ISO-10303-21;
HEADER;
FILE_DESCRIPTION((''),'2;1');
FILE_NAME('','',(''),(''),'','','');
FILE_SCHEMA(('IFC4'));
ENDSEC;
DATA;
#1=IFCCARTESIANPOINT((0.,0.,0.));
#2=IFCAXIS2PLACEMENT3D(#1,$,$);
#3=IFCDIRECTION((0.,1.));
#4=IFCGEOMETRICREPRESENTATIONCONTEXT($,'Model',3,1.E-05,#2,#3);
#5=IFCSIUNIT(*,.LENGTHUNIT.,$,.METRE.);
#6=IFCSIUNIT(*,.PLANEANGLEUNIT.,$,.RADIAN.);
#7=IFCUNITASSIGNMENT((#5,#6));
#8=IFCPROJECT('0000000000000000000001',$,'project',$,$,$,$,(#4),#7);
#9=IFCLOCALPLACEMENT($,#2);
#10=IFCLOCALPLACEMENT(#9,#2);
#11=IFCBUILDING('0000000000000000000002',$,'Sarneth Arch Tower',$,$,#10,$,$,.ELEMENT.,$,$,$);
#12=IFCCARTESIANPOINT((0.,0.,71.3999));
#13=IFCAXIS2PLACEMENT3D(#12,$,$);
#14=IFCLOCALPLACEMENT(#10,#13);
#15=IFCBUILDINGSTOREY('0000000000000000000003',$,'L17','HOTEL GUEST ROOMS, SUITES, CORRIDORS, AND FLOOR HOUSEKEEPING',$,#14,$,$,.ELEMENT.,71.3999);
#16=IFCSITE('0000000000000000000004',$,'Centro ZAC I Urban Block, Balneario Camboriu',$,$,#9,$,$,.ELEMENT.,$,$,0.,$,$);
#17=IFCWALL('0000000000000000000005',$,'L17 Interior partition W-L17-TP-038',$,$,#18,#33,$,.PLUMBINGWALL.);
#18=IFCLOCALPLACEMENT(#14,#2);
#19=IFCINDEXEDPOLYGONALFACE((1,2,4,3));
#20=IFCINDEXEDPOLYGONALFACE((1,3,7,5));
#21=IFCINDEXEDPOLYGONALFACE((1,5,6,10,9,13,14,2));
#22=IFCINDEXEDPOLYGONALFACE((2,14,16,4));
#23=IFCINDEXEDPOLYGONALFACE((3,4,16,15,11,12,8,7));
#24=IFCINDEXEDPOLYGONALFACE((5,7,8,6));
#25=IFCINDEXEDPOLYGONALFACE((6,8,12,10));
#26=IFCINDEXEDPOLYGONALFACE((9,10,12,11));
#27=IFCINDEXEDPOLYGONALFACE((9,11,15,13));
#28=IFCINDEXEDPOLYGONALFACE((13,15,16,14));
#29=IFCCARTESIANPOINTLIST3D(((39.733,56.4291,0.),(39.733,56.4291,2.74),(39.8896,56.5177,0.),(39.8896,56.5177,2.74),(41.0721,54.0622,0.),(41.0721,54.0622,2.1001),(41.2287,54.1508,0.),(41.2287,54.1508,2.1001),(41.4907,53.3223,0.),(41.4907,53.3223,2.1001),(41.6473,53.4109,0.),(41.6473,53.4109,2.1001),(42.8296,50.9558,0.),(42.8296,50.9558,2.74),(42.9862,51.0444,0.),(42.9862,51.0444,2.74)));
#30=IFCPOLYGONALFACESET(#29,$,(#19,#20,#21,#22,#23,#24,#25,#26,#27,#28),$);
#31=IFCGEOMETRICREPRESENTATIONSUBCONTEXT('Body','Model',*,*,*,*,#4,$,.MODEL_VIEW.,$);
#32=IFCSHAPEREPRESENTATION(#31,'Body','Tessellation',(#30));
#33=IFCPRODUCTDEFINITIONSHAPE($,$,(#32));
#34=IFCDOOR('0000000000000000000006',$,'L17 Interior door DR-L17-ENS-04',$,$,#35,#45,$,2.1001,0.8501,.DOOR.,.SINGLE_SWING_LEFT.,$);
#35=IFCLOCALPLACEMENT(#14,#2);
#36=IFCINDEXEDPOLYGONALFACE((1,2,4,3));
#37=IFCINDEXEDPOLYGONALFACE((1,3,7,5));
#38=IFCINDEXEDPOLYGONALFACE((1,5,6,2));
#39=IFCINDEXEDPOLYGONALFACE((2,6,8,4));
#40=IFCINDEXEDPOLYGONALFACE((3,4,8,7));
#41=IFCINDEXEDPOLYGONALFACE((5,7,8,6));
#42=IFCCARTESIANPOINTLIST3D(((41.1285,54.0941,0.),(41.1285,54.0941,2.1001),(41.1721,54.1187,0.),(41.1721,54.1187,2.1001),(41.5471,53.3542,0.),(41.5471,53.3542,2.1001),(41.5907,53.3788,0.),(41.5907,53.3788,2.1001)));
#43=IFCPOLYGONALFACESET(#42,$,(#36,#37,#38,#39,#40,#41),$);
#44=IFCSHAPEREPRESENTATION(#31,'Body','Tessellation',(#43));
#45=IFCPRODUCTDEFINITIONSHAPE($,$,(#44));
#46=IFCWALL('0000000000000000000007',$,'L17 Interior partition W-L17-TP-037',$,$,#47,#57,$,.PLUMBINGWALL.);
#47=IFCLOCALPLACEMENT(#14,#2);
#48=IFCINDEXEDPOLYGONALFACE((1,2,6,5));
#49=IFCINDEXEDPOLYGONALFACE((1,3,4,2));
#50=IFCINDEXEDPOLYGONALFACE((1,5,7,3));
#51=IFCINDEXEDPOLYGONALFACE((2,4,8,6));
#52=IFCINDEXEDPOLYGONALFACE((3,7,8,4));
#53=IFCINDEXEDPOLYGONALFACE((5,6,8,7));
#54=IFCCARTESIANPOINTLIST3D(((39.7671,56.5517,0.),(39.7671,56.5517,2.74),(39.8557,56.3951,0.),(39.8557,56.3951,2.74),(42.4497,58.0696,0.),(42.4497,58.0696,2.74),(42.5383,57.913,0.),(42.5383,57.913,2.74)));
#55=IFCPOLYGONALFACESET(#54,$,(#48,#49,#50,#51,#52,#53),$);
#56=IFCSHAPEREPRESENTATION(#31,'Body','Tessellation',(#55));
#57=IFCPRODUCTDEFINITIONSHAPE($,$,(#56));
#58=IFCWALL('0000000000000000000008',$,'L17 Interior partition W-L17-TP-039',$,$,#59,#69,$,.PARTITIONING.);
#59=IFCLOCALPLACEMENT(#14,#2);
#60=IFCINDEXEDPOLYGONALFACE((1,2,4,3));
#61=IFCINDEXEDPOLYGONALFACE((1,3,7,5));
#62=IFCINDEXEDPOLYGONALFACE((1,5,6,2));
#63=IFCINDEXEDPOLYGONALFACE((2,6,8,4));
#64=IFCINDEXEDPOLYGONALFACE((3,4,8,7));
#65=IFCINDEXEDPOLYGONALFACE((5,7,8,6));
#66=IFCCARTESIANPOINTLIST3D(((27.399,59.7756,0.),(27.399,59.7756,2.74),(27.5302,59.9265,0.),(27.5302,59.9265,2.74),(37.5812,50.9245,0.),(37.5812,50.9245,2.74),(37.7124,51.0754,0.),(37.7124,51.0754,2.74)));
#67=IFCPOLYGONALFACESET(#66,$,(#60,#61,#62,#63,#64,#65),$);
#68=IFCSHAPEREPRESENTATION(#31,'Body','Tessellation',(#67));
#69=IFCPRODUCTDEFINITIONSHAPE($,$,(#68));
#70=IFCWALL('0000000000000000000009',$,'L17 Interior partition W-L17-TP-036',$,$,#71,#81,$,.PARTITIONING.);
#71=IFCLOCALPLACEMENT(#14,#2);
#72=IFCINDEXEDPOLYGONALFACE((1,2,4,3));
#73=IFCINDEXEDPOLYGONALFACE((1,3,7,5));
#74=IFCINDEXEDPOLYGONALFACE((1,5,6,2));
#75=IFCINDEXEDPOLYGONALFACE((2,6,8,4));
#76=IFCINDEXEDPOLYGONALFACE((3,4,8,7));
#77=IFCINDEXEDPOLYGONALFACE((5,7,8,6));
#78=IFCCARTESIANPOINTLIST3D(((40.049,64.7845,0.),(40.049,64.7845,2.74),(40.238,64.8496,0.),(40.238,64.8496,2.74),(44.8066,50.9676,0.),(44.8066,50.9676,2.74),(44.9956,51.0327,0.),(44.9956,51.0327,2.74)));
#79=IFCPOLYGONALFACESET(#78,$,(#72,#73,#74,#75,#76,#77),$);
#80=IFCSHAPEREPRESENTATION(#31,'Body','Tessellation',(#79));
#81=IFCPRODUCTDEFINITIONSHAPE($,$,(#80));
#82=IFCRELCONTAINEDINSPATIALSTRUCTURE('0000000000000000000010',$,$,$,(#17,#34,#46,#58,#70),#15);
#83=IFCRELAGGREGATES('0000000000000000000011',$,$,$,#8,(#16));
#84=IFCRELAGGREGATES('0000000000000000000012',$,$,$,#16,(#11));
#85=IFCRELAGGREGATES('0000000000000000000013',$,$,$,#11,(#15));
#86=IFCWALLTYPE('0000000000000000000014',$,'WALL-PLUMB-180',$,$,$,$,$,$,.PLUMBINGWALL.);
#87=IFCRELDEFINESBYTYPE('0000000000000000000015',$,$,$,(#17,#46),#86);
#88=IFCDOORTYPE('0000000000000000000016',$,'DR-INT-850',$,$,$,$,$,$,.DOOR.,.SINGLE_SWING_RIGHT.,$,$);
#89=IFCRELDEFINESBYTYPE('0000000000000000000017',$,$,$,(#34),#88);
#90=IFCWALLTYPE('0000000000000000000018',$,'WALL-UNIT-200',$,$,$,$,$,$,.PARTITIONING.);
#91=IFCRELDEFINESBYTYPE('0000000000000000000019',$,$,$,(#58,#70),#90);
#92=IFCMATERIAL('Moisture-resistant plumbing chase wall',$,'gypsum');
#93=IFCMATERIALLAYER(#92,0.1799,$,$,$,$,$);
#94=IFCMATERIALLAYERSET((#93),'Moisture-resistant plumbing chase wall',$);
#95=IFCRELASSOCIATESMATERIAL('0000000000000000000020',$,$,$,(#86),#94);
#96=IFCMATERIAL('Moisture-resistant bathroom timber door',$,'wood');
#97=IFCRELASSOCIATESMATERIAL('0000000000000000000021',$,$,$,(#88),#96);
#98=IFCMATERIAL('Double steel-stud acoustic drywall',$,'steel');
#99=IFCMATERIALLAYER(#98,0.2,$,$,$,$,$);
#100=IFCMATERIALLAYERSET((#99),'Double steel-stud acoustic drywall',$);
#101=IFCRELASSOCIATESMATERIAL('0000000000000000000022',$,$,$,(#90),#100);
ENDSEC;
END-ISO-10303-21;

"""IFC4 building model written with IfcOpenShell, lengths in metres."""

from ifc_helpers import new_model, si_unit, direction, frame, frame_2d, origin, place, context, subcontext, project, spatial, rectangle, extrude, material, layer, layer_set, type_object, element, fill, save


model = new_model("IFC4")

# Units and contexts
model_context = context("Model", 3, precision=1e-05, world=origin(), true_north=direction((0.0, 1.0)))
body_context = subcontext(model_context, "Body", "Model", "MODEL_VIEW")
ifc_project = project(units=[si_unit("LENGTHUNIT", "METRE"), si_unit("PLANEANGLEUNIT", "RADIAN")], contexts=[model_context])

# Site, building, storey
site_placement = place(None, origin())
site = spatial("IfcSite", under=ifc_project, at=site_placement, Name="Centro ZAC I Urban Block, Balneario Camboriu", CompositionType="ELEMENT", RefElevation=0.0)
building_placement = place(site_placement, origin())
building = spatial("IfcBuilding", under=site, at=building_placement, Name="Sarneth Arch Tower", CompositionType="ELEMENT")
storey_placement = place(building_placement, frame((0.0, 0.0, 71.3999)))
storey = spatial("IfcBuildingStorey", under=building, at=storey_placement, Name="L17", Description="HOTEL GUEST ROOMS, SUITES, CORRIDORS, AND FLOOR HOUSEKEEPING", CompositionType="ELEMENT", Elevation=71.3999)

# Wall, opening, door
ifc_material_1 = material(Name="Moisture-resistant plumbing chase wall", Category="gypsum")
ifc_layer_1 = layer(ifc_material_1, 0.1799)
ifc_layer_set_1 = layer_set([ifc_layer_1], Name="Moisture-resistant plumbing chase wall")
wall_type_1 = type_object("IfcWallType", Name="WALL-PLUMB-180", PredefinedType="PLUMBINGWALL", material=ifc_layer_set_1)
wall_1_placement = place(storey_placement, frame((39.8113, 56.4734, 0.0), z_axis=(0.0, 0.0, 1.0), x_axis=(0.492422, -0.870357, 0.0)))
wall_1 = element("IfcWall", 1, at=wall_1_placement, inside=storey, type_object=wall_type_1, Name="L17 Interior partition W-L17-TP-038", PredefinedType="PLUMBINGWALL", context=body_context, shape_type="SweptSolid", body=[
    extrude(rectangle(XDim=6.2886, YDim=0.1799, at=frame_2d((3.1443, 0.0))), origin(), (0.0, 0.0, 1.0), 2.74),
])
opening_1_placement = place(wall_1_placement, frame((2.7195, 0.0, 0.0)))
opening_1 = element("IfcOpeningElement", 2, at=opening_1_placement, cuts=wall_1, PredefinedType="OPENING", context=body_context, shape_type="SweptSolid", body=[
    extrude(rectangle(XDim=0.8501, YDim=2.1001, at=frame_2d((0.425, 1.05))), frame((0.0, 0.0999, 0.0), z_axis=(0.0, -1.0, 0.0), x_axis=(1.0, 0.0, 0.0)), (0.0, 0.0, 1.0), 0.2),
])
ifc_material_2 = material(Name="Moisture-resistant bathroom timber door", Category="wood")
door_type_1 = type_object("IfcDoorType", Name="DR-INT-850", OperationType="SINGLE_SWING_RIGHT", PredefinedType="DOOR", material=ifc_material_2)
door_1_placement = place(opening_1_placement, origin())
door_1 = element("IfcDoor", 3, at=door_1_placement, inside=storey, type_object=door_type_1, Name="L17 Interior door DR-L17-ENS-04", OperationType="SINGLE_SWING_LEFT", OverallHeight=2.1001, OverallWidth=0.8501, PredefinedType="DOOR", context=body_context, shape_type="SweptSolid", body=[
    extrude(rectangle(XDim=0.8501, YDim=2.1001, at=frame_2d((0.425, 1.05))), frame((0.0, 0.0249, 0.0), z_axis=(0.0, -1.0, 0.0), x_axis=(1.0, 0.0, 0.0)), (0.0, 0.0, 1.0), 0.05),
])
fill(opening_1, door_1)

# Walls
wall_2_placement = place(storey_placement, frame((42.4939, 57.9912, 0.0), z_axis=(0.0, 0.0, 1.0), x_axis=(-0.870346, -0.492441, 0.0)))
element("IfcWall", 4, at=wall_2_placement, inside=storey, type_object=wall_type_1, Name="L17 Interior partition W-L17-TP-037", PredefinedType="PLUMBINGWALL", context=body_context, shape_type="SweptSolid", body=[
    extrude(rectangle(XDim=3.0823, YDim=0.1799, at=frame_2d((1.541, 0.0))), origin(), (0.0, 0.0, 1.0), 2.74),
])
ifc_material_3 = material(Name="Double steel-stud acoustic drywall", Category="steel")
ifc_layer_2 = layer(ifc_material_3, 0.2)
ifc_layer_set_2 = layer_set([ifc_layer_2], Name="Double steel-stud acoustic drywall")
wall_type_2 = type_object("IfcWallType", Name="WALL-UNIT-200", PredefinedType="PARTITIONING", material=ifc_layer_set_2)
wall_3_placement = place(storey_placement, frame((37.6467, 51.0, 0.0), z_axis=(0.0, 0.0, 1.0), x_axis=(-0.754714, 0.656054, 0.0)))
element("IfcWall", 5, at=wall_3_placement, inside=storey, type_object=wall_type_2, Name="L17 Interior partition W-L17-TP-039", PredefinedType="PARTITIONING", context=body_context, shape_type="SweptSolid", body=[
    extrude(rectangle(XDim=13.4915, YDim=0.2, at=frame_2d((6.7456, 0.0))), origin(), (0.0, 0.0, 1.0), 2.74),
])
wall_4_placement = place(storey_placement, frame((44.9011, 51.0, 0.0), z_axis=(0.0, 0.0, 1.0), x_axis=(-0.32557, 0.945518, 0.0)))
element("IfcWall", 6, at=wall_4_placement, inside=storey, type_object=wall_type_2, Name="L17 Interior partition W-L17-TP-036", PredefinedType="PARTITIONING", context=body_context, shape_type="SweptSolid", body=[
    extrude(rectangle(XDim=14.613, YDim=0.2, at=frame_2d((7.3066, 0.0))), origin(), (0.0, 0.0, 1.0), 2.74),
])

save(model, "model.ifc")
